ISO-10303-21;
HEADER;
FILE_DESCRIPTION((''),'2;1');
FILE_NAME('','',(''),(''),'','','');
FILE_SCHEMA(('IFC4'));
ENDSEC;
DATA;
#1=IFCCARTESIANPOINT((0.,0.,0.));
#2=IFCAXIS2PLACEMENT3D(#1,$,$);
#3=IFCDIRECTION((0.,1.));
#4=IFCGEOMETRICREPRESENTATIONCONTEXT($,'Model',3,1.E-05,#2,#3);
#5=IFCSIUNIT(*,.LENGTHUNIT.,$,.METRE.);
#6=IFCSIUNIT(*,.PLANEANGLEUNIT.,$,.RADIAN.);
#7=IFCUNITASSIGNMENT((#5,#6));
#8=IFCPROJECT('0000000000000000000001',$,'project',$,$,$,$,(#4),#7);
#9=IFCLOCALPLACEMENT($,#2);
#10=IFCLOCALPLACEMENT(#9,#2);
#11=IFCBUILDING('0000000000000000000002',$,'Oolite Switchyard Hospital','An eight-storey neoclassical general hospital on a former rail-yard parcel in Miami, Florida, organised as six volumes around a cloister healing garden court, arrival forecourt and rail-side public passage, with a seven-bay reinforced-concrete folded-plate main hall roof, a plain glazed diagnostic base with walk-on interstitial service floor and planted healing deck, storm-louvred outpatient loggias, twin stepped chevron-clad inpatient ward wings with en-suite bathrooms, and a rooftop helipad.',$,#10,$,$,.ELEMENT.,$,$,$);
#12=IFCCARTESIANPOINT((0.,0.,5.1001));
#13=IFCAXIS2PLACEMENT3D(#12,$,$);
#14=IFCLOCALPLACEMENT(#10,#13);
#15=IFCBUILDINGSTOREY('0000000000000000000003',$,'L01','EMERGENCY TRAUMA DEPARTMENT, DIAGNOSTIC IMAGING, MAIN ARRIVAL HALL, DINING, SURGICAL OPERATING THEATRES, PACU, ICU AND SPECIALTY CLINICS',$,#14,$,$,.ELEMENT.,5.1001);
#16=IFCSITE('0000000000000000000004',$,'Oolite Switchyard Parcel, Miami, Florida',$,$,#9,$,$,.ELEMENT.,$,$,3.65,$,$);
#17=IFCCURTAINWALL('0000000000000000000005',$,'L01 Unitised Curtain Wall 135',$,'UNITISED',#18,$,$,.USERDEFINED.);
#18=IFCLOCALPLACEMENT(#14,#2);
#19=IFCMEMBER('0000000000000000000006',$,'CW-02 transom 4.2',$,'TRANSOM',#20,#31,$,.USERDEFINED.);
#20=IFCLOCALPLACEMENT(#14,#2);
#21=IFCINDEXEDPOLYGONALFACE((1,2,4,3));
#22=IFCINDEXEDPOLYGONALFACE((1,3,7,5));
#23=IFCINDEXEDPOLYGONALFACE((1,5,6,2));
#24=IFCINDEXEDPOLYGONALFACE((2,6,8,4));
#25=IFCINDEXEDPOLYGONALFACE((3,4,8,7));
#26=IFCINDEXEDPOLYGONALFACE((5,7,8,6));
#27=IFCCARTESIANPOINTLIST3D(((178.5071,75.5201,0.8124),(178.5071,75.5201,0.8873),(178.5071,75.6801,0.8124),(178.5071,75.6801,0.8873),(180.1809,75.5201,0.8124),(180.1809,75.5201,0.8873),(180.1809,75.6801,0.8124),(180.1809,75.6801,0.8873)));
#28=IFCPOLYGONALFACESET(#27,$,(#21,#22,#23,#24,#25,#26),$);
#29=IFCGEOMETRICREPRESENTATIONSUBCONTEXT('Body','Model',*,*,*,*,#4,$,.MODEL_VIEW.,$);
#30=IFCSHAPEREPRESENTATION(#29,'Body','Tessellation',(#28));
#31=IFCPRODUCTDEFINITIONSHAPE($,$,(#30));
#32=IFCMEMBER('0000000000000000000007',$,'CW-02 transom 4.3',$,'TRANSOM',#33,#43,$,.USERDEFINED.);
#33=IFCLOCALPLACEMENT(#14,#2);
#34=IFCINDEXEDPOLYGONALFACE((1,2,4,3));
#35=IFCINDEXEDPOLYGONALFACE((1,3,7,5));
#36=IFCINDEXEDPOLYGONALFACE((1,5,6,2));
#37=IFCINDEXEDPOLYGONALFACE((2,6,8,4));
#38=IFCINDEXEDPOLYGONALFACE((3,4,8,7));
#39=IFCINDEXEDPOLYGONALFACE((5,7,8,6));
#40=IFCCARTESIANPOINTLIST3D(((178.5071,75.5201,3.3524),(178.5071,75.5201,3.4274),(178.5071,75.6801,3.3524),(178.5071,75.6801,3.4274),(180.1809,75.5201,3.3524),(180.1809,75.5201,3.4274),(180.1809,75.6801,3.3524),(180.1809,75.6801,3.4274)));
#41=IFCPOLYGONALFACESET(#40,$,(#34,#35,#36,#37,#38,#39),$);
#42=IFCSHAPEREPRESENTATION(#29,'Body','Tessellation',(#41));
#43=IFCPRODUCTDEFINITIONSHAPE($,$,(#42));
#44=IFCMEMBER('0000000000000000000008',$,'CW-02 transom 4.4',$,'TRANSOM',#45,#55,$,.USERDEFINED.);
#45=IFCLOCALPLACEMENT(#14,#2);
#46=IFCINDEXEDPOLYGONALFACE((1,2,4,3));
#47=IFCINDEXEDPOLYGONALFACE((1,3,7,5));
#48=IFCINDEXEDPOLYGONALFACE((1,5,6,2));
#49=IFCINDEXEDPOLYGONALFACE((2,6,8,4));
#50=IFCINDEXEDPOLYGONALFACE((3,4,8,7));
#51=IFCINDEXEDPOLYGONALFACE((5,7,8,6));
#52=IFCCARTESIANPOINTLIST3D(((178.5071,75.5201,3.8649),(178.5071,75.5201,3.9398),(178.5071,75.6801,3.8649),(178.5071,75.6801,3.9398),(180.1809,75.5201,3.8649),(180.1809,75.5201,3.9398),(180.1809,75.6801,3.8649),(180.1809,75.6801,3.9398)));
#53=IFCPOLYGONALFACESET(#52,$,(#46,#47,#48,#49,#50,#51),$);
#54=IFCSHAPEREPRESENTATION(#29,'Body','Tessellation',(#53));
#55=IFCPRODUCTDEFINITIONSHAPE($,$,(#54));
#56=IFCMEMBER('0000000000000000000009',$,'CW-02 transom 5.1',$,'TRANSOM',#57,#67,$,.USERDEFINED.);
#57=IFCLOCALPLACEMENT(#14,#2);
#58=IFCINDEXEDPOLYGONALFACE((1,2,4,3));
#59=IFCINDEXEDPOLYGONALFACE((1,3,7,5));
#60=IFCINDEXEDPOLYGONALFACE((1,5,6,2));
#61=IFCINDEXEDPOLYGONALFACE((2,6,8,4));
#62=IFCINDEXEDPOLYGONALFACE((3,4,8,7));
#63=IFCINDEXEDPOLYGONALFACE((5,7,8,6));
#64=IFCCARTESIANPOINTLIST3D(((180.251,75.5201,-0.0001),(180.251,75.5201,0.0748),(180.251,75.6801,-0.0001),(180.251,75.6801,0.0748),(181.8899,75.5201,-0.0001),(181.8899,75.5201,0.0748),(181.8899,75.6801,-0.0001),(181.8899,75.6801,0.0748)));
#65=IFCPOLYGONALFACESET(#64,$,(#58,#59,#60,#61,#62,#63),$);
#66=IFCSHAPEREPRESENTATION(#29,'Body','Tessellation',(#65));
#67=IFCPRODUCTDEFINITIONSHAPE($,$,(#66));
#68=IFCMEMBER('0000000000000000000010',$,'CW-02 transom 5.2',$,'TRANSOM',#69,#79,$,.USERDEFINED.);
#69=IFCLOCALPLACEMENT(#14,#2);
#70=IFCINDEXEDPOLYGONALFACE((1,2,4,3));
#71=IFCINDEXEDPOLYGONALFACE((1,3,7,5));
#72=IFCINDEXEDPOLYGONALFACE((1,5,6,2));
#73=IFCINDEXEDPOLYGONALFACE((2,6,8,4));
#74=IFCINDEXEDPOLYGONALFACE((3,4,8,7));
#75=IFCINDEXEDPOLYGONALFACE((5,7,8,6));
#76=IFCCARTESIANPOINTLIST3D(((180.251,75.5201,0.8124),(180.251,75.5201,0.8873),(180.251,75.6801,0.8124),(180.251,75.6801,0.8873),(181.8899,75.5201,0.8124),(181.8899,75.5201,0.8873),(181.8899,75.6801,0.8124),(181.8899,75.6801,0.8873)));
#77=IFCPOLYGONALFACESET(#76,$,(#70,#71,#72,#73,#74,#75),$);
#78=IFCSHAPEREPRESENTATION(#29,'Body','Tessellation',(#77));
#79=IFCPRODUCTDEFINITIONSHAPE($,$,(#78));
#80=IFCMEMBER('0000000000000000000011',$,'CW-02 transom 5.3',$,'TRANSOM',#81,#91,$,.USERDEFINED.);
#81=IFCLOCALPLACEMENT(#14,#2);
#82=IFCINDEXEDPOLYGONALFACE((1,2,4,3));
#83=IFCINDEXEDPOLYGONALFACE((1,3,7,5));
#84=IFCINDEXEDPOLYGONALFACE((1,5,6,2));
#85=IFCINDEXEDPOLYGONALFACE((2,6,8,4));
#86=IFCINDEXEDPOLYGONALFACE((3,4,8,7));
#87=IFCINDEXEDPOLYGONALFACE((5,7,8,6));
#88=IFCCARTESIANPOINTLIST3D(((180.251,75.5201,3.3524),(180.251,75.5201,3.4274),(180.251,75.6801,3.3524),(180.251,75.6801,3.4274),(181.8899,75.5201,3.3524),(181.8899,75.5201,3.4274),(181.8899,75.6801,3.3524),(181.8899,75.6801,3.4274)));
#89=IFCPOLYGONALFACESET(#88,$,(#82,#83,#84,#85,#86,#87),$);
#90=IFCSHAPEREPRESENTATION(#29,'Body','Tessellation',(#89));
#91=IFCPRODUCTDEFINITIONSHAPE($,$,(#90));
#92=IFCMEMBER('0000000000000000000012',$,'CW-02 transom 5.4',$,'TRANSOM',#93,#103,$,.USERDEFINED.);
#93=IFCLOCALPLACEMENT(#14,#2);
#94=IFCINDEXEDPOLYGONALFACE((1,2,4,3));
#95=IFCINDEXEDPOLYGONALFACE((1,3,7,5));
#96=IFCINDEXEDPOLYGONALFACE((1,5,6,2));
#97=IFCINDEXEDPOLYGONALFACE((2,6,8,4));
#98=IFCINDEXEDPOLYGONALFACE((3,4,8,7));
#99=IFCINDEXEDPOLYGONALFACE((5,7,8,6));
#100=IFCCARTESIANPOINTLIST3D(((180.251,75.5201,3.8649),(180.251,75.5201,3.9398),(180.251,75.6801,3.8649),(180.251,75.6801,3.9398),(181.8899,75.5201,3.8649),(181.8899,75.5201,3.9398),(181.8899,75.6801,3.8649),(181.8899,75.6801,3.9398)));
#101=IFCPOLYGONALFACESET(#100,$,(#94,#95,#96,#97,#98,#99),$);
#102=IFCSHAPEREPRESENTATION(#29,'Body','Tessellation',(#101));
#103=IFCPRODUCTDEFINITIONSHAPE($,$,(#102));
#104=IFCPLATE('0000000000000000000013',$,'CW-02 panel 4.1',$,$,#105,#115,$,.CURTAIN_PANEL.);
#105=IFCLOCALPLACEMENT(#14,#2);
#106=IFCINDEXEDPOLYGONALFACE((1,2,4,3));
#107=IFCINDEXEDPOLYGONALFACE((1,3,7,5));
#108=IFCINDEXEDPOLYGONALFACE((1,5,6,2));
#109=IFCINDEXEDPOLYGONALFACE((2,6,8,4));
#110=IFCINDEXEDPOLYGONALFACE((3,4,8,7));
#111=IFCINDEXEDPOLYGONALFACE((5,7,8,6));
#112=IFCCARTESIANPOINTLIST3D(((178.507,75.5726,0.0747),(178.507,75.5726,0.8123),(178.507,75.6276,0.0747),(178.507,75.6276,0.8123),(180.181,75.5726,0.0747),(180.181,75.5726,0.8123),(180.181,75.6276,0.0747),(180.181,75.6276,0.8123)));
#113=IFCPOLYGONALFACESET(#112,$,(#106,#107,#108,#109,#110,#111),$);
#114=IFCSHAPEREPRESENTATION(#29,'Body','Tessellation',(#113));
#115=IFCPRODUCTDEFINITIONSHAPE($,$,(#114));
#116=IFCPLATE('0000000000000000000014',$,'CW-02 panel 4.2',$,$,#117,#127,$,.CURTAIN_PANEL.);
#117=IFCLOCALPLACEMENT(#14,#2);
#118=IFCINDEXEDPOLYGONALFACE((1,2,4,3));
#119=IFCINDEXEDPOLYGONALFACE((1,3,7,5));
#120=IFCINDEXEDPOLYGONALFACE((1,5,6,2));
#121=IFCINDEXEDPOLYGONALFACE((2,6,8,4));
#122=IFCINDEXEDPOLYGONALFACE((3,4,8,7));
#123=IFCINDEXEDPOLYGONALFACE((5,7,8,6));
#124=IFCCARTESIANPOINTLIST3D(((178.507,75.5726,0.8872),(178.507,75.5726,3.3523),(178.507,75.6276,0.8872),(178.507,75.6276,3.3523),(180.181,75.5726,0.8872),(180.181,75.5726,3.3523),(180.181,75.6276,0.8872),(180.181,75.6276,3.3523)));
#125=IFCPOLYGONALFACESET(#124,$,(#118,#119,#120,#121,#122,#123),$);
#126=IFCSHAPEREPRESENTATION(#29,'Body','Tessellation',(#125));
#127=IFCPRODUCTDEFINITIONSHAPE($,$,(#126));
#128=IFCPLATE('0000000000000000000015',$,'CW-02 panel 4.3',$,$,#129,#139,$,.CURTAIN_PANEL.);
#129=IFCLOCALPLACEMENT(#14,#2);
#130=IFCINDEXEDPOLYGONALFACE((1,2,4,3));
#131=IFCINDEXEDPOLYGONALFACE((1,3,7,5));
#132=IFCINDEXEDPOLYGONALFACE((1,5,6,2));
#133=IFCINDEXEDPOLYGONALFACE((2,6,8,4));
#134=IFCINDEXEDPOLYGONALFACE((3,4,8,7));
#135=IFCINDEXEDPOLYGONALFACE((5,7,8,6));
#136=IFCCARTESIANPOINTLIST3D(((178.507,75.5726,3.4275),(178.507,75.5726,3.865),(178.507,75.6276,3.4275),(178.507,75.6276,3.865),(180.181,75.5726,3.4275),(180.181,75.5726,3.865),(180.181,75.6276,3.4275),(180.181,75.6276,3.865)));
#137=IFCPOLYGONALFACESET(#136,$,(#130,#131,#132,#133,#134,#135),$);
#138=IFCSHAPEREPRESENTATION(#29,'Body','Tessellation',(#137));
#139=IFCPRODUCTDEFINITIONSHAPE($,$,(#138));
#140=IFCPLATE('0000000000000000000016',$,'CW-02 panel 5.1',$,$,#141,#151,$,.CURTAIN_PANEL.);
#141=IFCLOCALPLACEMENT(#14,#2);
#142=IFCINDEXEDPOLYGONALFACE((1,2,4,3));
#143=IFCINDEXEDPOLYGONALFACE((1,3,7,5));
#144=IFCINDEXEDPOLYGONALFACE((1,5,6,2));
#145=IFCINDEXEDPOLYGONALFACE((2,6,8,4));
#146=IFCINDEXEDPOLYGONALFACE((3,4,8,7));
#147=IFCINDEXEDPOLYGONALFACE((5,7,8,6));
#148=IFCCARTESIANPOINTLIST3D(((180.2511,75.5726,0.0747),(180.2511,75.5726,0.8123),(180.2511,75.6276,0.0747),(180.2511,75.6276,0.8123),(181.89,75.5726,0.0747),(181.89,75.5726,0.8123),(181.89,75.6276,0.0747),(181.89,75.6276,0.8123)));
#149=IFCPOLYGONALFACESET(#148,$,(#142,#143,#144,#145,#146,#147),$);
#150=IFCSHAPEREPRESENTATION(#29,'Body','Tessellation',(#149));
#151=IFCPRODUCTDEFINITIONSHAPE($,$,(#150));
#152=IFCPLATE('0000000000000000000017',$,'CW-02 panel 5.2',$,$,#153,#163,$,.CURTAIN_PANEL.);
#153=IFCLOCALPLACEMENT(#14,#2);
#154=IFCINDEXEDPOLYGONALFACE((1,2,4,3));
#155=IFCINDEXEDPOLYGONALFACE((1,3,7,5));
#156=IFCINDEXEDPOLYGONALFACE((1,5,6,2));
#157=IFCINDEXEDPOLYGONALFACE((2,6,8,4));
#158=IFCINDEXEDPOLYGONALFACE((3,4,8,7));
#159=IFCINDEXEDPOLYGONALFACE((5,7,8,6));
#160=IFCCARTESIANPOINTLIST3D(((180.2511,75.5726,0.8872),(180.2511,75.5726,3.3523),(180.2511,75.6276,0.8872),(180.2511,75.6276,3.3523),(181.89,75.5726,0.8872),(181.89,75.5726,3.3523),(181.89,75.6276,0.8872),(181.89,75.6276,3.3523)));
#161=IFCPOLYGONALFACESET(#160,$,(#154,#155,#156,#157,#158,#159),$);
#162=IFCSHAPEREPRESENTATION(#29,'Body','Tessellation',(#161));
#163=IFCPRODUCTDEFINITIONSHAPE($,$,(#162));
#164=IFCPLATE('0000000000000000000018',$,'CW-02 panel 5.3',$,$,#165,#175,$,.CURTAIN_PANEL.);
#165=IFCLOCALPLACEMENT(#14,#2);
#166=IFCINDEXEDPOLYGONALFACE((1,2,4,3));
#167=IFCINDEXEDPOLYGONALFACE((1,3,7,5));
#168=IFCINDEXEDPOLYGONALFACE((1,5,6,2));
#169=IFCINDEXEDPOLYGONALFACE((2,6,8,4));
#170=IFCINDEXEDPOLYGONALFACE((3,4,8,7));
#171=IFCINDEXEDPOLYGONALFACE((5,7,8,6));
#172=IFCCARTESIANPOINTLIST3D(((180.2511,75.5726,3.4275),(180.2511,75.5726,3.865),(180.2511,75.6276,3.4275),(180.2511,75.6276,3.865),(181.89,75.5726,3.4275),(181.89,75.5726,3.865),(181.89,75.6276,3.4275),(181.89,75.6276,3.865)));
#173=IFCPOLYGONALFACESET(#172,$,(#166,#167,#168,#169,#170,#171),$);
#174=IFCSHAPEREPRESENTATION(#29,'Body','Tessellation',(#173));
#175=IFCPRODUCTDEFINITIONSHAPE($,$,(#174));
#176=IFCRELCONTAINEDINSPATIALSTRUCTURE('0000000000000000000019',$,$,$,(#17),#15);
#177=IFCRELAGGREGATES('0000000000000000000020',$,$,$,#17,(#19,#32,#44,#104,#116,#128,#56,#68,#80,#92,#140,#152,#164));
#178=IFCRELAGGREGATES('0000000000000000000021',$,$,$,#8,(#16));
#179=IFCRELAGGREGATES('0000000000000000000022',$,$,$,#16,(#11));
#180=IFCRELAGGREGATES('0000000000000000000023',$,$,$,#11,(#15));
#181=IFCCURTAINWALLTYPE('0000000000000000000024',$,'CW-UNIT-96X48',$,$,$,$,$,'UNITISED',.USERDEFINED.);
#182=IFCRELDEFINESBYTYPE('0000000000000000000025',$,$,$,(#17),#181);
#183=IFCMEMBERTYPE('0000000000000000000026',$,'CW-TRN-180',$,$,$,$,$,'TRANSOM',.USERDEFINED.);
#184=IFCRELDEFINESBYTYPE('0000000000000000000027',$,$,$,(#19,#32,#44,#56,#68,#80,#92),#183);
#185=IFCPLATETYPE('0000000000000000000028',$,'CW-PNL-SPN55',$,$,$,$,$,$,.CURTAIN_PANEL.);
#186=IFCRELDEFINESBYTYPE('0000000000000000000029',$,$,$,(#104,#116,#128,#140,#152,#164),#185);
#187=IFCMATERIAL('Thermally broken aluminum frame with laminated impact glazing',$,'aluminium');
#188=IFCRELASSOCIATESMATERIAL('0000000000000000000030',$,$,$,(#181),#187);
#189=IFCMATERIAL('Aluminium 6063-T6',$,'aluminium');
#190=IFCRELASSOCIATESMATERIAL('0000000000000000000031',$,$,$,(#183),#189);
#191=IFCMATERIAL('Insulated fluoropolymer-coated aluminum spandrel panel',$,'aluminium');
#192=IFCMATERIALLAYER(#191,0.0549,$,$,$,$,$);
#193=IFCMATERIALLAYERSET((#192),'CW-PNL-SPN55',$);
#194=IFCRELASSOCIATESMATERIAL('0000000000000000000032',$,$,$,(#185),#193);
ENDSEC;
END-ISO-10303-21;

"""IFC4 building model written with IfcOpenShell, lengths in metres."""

from ifc_helpers import new_model, si_unit, direction, frame, origin, origin_2d, place, context, subcontext, project, spatial, rectangle, extrude, material, layer, layer_set, material_profile, profile_set, type_object, element, aggregate, save


model = new_model("IFC4")

# Units and contexts
model_context = context("Model", 3, precision=1e-05, world=origin(), true_north=direction((0.0, 1.0)))
body_context = subcontext(model_context, "Body", "Model", "MODEL_VIEW")
ifc_project = project(units=[si_unit("LENGTHUNIT", "METRE"), si_unit("PLANEANGLEUNIT", "RADIAN")], contexts=[model_context])

# Site, building, storey
site_placement = place(None, origin())
site = spatial("IfcSite", under=ifc_project, at=site_placement, Name="Oolite Switchyard Parcel, Miami, Florida", CompositionType="ELEMENT", RefElevation=3.65)
building_placement = place(site_placement, origin())
building = spatial("IfcBuilding", under=site, at=building_placement, Name="Oolite Switchyard Hospital", Description="An eight-storey neoclassical general hospital on a former rail-yard parcel in Miami, Florida, organised as six volumes around a cloister healing garden court, arrival forecourt and rail-side public passage, with a seven-bay reinforced-concrete folded-plate main hall roof, a plain glazed diagnostic base with walk-on interstitial service floor and planted healing deck, storm-louvred outpatient loggias, twin stepped chevron-clad inpatient ward wings with en-suite bathrooms, and a rooftop helipad.", CompositionType="ELEMENT")
storey_placement = place(building_placement, frame((0.0, 0.0, 5.1001)))
storey = spatial("IfcBuildingStorey", under=building, at=storey_placement, Name="L01", Description="EMERGENCY TRAUMA DEPARTMENT, DIAGNOSTIC IMAGING, MAIN ARRIVAL HALL, DINING, SURGICAL OPERATING THEATRES, PACU, ICU AND SPECIALTY CLINICS", CompositionType="ELEMENT", Elevation=5.1001)

# Curtain wall
ifc_material_1 = material(Name="Thermally broken aluminum frame with laminated impact glazing", Category="aluminium")
curtain_wall_type = type_object("IfcCurtainWallType", Name="CW-UNIT-96X48", ElementType="UNITISED", PredefinedType="USERDEFINED", material=ifc_material_1)
curtain_wall_1_placement = place(storey_placement, origin())
curtain_wall_1 = element("IfcCurtainWall", 1, at=curtain_wall_1_placement, inside=storey, type_object=curtain_wall_type, Name="L01 Unitised Curtain Wall 135", ObjectType="UNITISED", PredefinedType="USERDEFINED")
ifc_material_2 = material(Name="Aluminium 6063-T6", Category="aluminium")

# Members
ifc_material_profile_1 = material_profile(ifc_material_2, rectangle(XDim=0.1599, YDim=0.075, at=origin_2d()), Name="CWT75X160")
ifc_profile_set_1 = profile_set([ifc_material_profile_1], Name="Aluminium 6063-T6")
member_type_1 = type_object("IfcMemberType", Name="CW-TRN-180", ElementType="TRANSOM", PredefinedType="USERDEFINED", material=ifc_profile_set_1)
member_1_placement = place(storey_placement, frame((178.5071, 75.6001, 0.8499), z_axis=(1.0, 0.0, 0.0), x_axis=(0.0, 1.0, 0.0)))
member_1 = element("IfcMember", 2, at=member_1_placement, type_object=member_type_1, Name="CW-02 transom 4.2", ObjectType="TRANSOM", PredefinedType="USERDEFINED", context=body_context, shape_type="SweptSolid", body=[
    extrude(rectangle(XDim=0.1599, YDim=0.075, at=origin_2d()), origin(), (0.0, 0.0, 1.0), 1.6738),
])
member_2_placement = place(storey_placement, frame((178.5071, 75.6001, 3.3899), z_axis=(1.0, 0.0, 0.0), x_axis=(0.0, 1.0, 0.0)))
member_2 = element("IfcMember", 3, at=member_2_placement, type_object=member_type_1, Name="CW-02 transom 4.3", ObjectType="TRANSOM", PredefinedType="USERDEFINED", context=body_context, shape_type="SweptSolid", body=[
    extrude(rectangle(XDim=0.1599, YDim=0.075, at=origin_2d()), origin(), (0.0, 0.0, 1.0), 1.6738),
])
member_3_placement = place(storey_placement, frame((178.5071, 75.6001, 3.9023), z_axis=(1.0, 0.0, 0.0), x_axis=(0.0, 1.0, 0.0)))
member_3 = element("IfcMember", 4, at=member_3_placement, type_object=member_type_1, Name="CW-02 transom 4.4", ObjectType="TRANSOM", PredefinedType="USERDEFINED", context=body_context, shape_type="SweptSolid", body=[
    extrude(rectangle(XDim=0.1599, YDim=0.075, at=origin_2d()), origin(), (0.0, 0.0, 1.0), 1.6738),
])
member_4_placement = place(storey_placement, frame((180.251, 75.6001, 0.0374), z_axis=(1.0, 0.0, 0.0), x_axis=(0.0, 1.0, 0.0)))
member_4 = element("IfcMember", 5, at=member_4_placement, type_object=member_type_1, Name="CW-02 transom 5.1", ObjectType="TRANSOM", PredefinedType="USERDEFINED", context=body_context, shape_type="SweptSolid", body=[
    extrude(rectangle(XDim=0.1599, YDim=0.075, at=origin_2d()), origin(), (0.0, 0.0, 1.0), 1.6389),
])
member_5_placement = place(storey_placement, frame((180.251, 75.6001, 0.8499), z_axis=(1.0, 0.0, 0.0), x_axis=(0.0, 1.0, 0.0)))
member_5 = element("IfcMember", 6, at=member_5_placement, type_object=member_type_1, Name="CW-02 transom 5.2", ObjectType="TRANSOM", PredefinedType="USERDEFINED", context=body_context, shape_type="SweptSolid", body=[
    extrude(rectangle(XDim=0.1599, YDim=0.075, at=origin_2d()), origin(), (0.0, 0.0, 1.0), 1.6389),
])
member_6_placement = place(storey_placement, frame((180.251, 75.6001, 3.3899), z_axis=(1.0, 0.0, 0.0), x_axis=(0.0, 1.0, 0.0)))
member_6 = element("IfcMember", 7, at=member_6_placement, type_object=member_type_1, Name="CW-02 transom 5.3", ObjectType="TRANSOM", PredefinedType="USERDEFINED", context=body_context, shape_type="SweptSolid", body=[
    extrude(rectangle(XDim=0.1599, YDim=0.075, at=origin_2d()), origin(), (0.0, 0.0, 1.0), 1.6389),
])
member_7_placement = place(storey_placement, frame((180.251, 75.6001, 3.9023), z_axis=(1.0, 0.0, 0.0), x_axis=(0.0, 1.0, 0.0)))
member_7 = element("IfcMember", 8, at=member_7_placement, type_object=member_type_1, Name="CW-02 transom 5.4", ObjectType="TRANSOM", PredefinedType="USERDEFINED", context=body_context, shape_type="SweptSolid", body=[
    extrude(rectangle(XDim=0.1599, YDim=0.075, at=origin_2d()), origin(), (0.0, 0.0, 1.0), 1.6389),
])

# Plates
ifc_material_3 = material(Name="Insulated fluoropolymer-coated aluminum spandrel panel", Category="aluminium")
ifc_layer = layer(ifc_material_3, 0.0549)
ifc_layer_set = layer_set([ifc_layer], Name="CW-PNL-SPN55")
plate_type = type_object("IfcPlateType", Name="CW-PNL-SPN55", PredefinedType="CURTAIN_PANEL", material=ifc_layer_set)
plate_1_placement = place(storey_placement, frame((179.344, 75.6001, 0.0747), z_axis=(0.0, 0.0, 1.0), x_axis=(1.0, 0.0, 0.0)))
plate_1 = element("IfcPlate", 9, at=plate_1_placement, type_object=plate_type, Name="CW-02 panel 4.1", PredefinedType="CURTAIN_PANEL", context=body_context, shape_type="SweptSolid", body=[
    extrude(rectangle(XDim=1.6741, YDim=0.0549, at=origin_2d()), origin(), (0.0, 0.0, 1.0), 0.7375),
])
plate_2_placement = place(storey_placement, frame((179.344, 75.6001, 0.8872), z_axis=(0.0, 0.0, 1.0), x_axis=(1.0, 0.0, 0.0)))
plate_2 = element("IfcPlate", 10, at=plate_2_placement, type_object=plate_type, Name="CW-02 panel 4.2", PredefinedType="CURTAIN_PANEL", context=body_context, shape_type="SweptSolid", body=[
    extrude(rectangle(XDim=1.6741, YDim=0.0549, at=origin_2d()), origin(), (0.0, 0.0, 1.0), 2.4651),
])
plate_3_placement = place(storey_placement, frame((179.344, 75.6001, 3.4275), z_axis=(0.0, 0.0, 1.0), x_axis=(1.0, 0.0, 0.0)))
plate_3 = element("IfcPlate", 11, at=plate_3_placement, type_object=plate_type, Name="CW-02 panel 4.3", PredefinedType="CURTAIN_PANEL", context=body_context, shape_type="SweptSolid", body=[
    extrude(rectangle(XDim=1.6741, YDim=0.0549, at=origin_2d()), origin(), (0.0, 0.0, 1.0), 0.4375),
])
plate_4_placement = place(storey_placement, frame((181.0706, 75.6001, 0.0747), z_axis=(0.0, 0.0, 1.0), x_axis=(1.0, 0.0, 0.0)))
plate_4 = element("IfcPlate", 12, at=plate_4_placement, type_object=plate_type, Name="CW-02 panel 5.1", PredefinedType="CURTAIN_PANEL", context=body_context, shape_type="SweptSolid", body=[
    extrude(rectangle(XDim=1.6389, YDim=0.0549, at=origin_2d()), origin(), (0.0, 0.0, 1.0), 0.7375),
])
plate_5_placement = place(storey_placement, frame((181.0706, 75.6001, 0.8872), z_axis=(0.0, 0.0, 1.0), x_axis=(1.0, 0.0, 0.0)))
plate_5 = element("IfcPlate", 13, at=plate_5_placement, type_object=plate_type, Name="CW-02 panel 5.2", PredefinedType="CURTAIN_PANEL", context=body_context, shape_type="SweptSolid", body=[
    extrude(rectangle(XDim=1.6389, YDim=0.0549, at=origin_2d()), origin(), (0.0, 0.0, 1.0), 2.4651),
])
plate_6_placement = place(storey_placement, frame((181.0706, 75.6001, 3.4275), z_axis=(0.0, 0.0, 1.0), x_axis=(1.0, 0.0, 0.0)))
plate_6 = element("IfcPlate", 14, at=plate_6_placement, type_object=plate_type, Name="CW-02 panel 5.3", PredefinedType="CURTAIN_PANEL", context=body_context, shape_type="SweptSolid", body=[
    extrude(rectangle(XDim=1.6389, YDim=0.0549, at=origin_2d()), origin(), (0.0, 0.0, 1.0), 0.4375),
])
aggregate(curtain_wall_1, [member_1, member_2, member_3, plate_1, plate_2, plate_3, member_4, member_5, member_6, member_7, plate_4, plate_5, plate_6])

save(model, "model.ifc")
